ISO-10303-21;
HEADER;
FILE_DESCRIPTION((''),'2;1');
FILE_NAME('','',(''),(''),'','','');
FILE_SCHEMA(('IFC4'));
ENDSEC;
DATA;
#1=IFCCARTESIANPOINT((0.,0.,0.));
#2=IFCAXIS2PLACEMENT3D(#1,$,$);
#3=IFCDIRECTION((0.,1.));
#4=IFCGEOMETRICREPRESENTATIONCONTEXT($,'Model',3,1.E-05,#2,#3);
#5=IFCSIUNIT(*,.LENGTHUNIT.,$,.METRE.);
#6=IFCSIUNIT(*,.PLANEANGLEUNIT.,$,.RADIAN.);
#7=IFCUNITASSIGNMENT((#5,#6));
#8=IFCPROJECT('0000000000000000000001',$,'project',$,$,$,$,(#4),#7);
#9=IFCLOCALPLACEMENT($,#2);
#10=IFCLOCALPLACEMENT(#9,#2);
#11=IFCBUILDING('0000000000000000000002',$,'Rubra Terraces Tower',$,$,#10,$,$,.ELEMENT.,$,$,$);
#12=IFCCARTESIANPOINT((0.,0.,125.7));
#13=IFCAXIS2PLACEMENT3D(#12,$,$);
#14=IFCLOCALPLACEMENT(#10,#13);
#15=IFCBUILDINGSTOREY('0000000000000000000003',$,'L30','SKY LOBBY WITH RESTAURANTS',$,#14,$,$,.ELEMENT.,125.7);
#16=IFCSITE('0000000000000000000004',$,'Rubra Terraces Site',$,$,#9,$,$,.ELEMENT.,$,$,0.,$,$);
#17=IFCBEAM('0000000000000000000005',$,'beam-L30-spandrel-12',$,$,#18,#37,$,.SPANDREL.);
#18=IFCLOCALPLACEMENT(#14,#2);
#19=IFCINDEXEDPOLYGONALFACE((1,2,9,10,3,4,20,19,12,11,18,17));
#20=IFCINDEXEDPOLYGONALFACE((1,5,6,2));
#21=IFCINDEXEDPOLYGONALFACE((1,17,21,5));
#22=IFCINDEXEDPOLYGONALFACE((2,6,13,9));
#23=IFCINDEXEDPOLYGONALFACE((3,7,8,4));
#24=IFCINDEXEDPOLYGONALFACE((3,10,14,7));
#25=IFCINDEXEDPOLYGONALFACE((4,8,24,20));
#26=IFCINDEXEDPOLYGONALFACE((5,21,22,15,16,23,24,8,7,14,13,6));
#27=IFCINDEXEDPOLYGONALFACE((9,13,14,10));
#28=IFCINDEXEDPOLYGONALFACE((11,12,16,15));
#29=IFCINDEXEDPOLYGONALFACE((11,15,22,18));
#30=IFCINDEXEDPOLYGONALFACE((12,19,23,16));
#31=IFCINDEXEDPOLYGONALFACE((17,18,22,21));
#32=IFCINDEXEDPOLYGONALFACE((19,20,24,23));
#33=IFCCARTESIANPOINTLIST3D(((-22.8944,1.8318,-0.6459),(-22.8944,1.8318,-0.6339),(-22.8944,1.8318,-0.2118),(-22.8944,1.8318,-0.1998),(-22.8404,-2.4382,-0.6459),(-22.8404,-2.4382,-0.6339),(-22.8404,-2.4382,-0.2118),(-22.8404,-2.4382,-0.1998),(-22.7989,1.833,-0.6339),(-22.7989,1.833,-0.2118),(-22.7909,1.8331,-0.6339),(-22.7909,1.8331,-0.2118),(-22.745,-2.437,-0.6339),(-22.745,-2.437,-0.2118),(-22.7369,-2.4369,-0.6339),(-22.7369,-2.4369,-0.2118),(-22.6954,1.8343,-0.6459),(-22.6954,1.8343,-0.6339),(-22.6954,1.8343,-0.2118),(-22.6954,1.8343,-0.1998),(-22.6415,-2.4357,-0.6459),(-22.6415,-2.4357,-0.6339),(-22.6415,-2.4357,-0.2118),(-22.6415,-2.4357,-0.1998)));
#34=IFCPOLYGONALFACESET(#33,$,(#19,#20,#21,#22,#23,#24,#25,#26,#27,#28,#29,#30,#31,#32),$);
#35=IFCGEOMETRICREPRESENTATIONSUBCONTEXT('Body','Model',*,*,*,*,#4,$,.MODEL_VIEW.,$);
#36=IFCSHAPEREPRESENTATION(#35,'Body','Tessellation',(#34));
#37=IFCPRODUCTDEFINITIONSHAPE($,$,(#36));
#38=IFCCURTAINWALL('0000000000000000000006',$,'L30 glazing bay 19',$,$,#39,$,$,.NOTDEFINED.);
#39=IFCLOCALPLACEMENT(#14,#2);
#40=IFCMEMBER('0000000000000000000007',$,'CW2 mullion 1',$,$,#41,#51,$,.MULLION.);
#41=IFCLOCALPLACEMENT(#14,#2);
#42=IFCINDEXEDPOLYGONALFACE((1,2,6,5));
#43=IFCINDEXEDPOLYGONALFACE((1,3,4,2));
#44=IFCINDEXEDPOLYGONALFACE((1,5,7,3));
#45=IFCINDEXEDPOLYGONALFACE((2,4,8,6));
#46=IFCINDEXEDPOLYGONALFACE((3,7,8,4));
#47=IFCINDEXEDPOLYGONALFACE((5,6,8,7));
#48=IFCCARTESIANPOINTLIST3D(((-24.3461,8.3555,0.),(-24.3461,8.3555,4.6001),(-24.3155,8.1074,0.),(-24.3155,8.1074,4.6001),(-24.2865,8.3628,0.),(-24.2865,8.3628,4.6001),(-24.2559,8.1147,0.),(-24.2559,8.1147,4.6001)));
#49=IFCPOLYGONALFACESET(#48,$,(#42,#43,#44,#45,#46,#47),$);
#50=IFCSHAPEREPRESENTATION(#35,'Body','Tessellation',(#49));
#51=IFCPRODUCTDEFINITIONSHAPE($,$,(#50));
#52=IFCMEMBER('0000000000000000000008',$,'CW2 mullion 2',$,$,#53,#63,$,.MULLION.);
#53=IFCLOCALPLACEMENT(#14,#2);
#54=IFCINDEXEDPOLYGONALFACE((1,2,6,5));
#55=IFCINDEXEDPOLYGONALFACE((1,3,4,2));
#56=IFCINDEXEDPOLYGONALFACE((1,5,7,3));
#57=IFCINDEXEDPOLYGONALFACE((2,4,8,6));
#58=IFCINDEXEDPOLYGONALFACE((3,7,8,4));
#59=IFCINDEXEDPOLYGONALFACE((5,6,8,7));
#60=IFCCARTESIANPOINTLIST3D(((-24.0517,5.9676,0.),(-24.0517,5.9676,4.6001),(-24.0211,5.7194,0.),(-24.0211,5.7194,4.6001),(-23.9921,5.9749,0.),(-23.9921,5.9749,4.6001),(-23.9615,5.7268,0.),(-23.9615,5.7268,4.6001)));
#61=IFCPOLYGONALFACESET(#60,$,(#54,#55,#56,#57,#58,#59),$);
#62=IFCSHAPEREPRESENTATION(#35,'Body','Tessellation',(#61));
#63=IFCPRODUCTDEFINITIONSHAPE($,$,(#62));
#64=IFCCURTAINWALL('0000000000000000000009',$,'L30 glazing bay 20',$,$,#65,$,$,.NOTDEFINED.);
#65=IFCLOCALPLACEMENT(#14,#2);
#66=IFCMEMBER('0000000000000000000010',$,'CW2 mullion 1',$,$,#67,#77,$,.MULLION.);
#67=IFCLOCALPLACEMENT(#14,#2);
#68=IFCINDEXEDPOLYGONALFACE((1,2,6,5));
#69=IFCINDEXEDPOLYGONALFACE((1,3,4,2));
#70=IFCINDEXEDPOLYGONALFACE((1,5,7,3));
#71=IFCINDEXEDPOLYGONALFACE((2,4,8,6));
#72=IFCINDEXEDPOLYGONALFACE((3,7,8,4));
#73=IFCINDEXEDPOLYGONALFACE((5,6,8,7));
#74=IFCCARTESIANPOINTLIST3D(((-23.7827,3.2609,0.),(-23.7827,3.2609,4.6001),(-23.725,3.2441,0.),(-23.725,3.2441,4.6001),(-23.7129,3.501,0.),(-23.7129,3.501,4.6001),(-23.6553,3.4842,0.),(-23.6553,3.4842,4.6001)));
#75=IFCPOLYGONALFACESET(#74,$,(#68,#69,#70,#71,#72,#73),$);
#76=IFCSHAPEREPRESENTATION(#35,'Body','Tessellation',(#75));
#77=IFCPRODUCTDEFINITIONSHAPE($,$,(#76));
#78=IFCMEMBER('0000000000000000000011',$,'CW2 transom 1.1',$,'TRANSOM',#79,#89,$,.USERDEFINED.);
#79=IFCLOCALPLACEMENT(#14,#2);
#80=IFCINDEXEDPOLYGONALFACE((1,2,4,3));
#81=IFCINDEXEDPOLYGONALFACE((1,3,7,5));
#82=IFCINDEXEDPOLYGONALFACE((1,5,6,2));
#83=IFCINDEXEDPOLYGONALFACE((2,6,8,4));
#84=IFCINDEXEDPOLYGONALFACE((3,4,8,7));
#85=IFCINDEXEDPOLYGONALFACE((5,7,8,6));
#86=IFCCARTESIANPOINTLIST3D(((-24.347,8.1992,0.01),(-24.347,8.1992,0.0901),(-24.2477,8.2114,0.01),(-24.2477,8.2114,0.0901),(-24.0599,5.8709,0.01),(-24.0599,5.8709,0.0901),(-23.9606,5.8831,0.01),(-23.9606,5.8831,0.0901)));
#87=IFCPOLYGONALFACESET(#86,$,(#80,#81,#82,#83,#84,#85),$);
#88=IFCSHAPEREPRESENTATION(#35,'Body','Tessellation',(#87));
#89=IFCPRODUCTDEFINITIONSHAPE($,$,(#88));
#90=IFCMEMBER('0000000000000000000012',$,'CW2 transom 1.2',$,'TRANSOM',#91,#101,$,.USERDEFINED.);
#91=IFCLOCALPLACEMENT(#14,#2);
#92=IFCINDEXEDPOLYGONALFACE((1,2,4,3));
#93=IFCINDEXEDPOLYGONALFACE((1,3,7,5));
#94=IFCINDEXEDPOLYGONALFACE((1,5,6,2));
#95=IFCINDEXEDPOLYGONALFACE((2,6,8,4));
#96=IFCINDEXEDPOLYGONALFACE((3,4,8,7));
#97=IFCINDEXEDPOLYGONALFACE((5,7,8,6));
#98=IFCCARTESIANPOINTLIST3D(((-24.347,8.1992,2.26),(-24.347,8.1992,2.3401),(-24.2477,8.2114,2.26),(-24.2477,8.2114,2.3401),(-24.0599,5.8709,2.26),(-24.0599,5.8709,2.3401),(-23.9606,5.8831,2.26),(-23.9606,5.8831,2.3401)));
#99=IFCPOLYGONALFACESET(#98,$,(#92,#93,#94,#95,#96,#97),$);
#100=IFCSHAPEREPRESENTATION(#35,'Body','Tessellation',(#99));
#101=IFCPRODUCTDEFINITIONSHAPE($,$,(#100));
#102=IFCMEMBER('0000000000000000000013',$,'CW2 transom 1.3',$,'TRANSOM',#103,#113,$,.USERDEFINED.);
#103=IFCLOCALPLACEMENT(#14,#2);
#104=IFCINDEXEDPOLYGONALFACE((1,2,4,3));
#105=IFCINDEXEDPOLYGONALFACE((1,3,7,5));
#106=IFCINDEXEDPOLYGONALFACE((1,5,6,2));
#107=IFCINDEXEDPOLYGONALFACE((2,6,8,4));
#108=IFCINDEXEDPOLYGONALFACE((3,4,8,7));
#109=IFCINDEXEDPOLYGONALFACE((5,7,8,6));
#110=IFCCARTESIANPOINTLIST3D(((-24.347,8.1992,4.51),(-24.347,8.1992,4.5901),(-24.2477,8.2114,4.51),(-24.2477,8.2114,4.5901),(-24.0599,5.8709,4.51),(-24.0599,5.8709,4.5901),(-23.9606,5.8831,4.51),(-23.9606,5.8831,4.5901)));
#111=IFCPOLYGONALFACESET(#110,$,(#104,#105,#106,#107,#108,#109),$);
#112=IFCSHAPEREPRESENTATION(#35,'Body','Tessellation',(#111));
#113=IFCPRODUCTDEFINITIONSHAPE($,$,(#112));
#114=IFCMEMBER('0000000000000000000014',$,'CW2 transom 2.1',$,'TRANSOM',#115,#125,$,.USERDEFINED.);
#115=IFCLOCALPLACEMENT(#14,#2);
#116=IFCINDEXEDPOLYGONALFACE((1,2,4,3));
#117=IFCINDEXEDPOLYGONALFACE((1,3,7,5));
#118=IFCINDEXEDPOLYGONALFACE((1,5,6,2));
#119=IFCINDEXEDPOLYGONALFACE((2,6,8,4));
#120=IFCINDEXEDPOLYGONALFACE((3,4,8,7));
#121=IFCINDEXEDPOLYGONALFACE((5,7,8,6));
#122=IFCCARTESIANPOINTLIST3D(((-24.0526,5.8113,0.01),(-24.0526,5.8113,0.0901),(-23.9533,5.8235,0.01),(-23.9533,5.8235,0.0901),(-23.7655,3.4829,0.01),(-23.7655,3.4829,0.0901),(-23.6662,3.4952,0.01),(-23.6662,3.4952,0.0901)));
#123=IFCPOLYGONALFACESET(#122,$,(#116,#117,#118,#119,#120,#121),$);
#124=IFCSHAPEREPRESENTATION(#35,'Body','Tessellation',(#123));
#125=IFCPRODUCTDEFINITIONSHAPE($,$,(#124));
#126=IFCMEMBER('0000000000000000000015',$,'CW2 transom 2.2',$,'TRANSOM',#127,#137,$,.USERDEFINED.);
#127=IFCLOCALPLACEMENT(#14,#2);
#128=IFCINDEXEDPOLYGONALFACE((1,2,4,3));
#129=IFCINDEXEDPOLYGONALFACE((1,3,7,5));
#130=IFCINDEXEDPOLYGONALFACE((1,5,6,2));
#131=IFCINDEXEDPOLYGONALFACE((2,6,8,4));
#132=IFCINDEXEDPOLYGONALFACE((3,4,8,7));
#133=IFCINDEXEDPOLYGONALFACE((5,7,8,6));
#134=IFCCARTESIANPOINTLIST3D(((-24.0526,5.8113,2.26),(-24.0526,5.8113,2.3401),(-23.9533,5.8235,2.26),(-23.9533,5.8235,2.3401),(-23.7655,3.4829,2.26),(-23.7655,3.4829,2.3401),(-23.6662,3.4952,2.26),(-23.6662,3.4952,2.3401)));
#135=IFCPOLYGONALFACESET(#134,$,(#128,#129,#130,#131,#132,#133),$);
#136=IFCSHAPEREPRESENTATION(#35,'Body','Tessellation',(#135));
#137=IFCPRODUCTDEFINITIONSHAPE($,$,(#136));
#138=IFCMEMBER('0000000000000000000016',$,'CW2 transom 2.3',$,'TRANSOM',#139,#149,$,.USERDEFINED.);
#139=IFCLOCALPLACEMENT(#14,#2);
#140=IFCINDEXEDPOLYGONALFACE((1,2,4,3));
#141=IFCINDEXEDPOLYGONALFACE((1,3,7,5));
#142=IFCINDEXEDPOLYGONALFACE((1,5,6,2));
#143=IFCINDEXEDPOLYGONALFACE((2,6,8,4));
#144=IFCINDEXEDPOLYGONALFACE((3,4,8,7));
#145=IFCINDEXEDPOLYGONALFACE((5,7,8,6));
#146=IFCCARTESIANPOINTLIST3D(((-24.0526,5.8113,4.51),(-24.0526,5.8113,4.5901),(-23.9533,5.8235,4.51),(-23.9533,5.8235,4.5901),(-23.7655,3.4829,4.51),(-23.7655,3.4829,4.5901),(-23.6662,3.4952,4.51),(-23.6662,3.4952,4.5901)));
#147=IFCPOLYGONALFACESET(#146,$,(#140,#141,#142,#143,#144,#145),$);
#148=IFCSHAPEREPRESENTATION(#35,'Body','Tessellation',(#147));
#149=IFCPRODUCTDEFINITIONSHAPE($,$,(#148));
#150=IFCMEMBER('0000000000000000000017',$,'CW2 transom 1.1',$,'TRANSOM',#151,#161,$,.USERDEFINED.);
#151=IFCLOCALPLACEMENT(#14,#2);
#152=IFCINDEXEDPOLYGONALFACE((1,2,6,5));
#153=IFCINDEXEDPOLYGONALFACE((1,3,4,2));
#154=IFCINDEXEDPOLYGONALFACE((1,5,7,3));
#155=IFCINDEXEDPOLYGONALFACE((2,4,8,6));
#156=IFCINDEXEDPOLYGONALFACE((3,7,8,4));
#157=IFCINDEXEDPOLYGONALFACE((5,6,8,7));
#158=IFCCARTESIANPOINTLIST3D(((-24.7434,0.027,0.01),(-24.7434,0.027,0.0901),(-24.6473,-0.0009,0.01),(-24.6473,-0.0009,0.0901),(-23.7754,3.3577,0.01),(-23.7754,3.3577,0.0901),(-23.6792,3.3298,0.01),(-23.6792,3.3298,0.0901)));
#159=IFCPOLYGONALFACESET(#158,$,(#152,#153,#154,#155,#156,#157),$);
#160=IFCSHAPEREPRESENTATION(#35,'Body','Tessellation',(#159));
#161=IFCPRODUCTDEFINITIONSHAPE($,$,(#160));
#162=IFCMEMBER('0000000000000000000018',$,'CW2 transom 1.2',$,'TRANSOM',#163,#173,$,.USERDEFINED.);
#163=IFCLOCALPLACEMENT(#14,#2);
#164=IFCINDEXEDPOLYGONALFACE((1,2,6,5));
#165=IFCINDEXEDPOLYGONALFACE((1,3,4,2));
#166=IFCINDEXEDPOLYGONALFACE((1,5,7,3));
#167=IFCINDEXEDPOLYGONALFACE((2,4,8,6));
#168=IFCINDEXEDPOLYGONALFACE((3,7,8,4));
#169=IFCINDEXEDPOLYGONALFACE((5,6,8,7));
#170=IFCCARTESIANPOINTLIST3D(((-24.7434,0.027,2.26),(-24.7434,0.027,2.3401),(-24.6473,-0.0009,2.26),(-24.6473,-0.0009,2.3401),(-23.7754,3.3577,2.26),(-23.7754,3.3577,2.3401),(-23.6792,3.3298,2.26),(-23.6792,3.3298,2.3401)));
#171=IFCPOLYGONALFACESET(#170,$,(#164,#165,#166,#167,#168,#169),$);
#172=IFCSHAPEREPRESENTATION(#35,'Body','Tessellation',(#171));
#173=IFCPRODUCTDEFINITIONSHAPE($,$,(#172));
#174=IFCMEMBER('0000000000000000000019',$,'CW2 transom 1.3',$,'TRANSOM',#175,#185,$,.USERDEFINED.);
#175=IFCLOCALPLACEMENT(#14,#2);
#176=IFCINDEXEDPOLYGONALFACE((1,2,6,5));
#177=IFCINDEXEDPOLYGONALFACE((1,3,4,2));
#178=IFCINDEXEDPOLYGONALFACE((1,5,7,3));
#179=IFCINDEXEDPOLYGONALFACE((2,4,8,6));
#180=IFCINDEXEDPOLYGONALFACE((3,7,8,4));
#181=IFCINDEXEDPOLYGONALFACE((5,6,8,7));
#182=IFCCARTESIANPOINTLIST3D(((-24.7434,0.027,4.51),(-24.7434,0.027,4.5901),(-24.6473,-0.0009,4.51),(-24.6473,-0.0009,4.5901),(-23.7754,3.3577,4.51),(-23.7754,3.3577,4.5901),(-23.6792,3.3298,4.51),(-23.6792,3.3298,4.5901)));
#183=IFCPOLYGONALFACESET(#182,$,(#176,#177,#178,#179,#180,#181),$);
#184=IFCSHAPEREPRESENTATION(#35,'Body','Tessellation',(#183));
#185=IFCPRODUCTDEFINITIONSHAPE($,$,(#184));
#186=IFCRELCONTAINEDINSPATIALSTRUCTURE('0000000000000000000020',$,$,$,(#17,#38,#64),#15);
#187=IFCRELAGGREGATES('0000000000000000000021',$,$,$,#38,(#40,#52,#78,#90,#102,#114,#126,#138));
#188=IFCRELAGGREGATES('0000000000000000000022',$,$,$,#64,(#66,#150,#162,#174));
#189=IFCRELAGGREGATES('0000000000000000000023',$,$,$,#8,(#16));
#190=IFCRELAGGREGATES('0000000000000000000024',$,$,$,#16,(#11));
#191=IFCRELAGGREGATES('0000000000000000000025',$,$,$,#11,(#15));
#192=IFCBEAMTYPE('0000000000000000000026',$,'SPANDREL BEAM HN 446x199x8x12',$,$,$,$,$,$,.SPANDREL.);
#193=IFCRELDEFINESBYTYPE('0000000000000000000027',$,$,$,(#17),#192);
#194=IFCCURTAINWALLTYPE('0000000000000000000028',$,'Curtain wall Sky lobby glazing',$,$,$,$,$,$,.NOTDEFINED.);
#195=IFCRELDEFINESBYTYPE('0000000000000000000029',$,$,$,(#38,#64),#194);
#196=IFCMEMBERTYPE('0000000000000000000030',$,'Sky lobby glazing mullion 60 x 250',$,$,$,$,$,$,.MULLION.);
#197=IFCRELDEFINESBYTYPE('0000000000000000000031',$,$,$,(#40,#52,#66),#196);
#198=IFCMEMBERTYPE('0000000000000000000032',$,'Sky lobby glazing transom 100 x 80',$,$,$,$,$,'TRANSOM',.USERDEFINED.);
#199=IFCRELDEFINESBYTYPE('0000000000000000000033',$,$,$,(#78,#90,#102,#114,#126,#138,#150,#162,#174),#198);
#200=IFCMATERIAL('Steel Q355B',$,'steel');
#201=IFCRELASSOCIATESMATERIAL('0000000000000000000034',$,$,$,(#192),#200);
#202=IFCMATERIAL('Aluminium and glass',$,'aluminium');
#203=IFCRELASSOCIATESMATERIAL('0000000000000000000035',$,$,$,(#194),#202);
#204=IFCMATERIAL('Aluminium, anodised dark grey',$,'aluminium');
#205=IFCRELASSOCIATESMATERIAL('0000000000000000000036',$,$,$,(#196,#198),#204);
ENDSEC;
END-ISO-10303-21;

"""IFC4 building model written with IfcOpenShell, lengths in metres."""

from ifc_helpers import new_model, si_unit, direction, frame, origin, origin_2d, place, context, subcontext, project, spatial, rectangle, i_section, extrude, material, material_profile, profile_set, type_object, element, aggregate, save


model = new_model("IFC4")

# Units and contexts
model_context = context("Model", 3, precision=1e-05, world=origin(), true_north=direction((0.0, 1.0)))
body_context = subcontext(model_context, "Body", "Model", "MODEL_VIEW")
ifc_project = project(units=[si_unit("LENGTHUNIT", "METRE"), si_unit("PLANEANGLEUNIT", "RADIAN")], contexts=[model_context])

# Site, building, storey
site_placement = place(None, origin())
site = spatial("IfcSite", under=ifc_project, at=site_placement, Name="Rubra Terraces Site", CompositionType="ELEMENT", RefElevation=0.0)
building_placement = place(site_placement, origin())
building = spatial("IfcBuilding", under=site, at=building_placement, Name="Rubra Terraces Tower", CompositionType="ELEMENT")
storey_placement = place(building_placement, frame((0.0, 0.0, 125.7)))
storey = spatial("IfcBuildingStorey", under=building, at=storey_placement, Name="L30", Description="SKY LOBBY WITH RESTAURANTS", CompositionType="ELEMENT", Elevation=125.7)

# Beam
ifc_material_1 = material(Name="Steel Q355B", Category="steel")
ifc_material_profile_1 = material_profile(ifc_material_1, i_section(OverallWidth=0.199, OverallDepth=0.446, WebThickness=0.0081, FlangeThickness=0.012, at=origin_2d()), Name="HN 446x199x8x12")
ifc_profile_set_1 = profile_set([ifc_material_profile_1], Name="Steel Q355B")
beam_type_1 = type_object("IfcBeamType", Name="SPANDREL BEAM HN 446x199x8x12", PredefinedType="SPANDREL", material=ifc_profile_set_1)
beam_1_placement = place(storey_placement, frame((-22.7949, 1.833, -0.4229), z_axis=(0.012635, -0.99992, 0.0), x_axis=(0.99992, 0.012635, 0.0)))
element("IfcBeam", 1, at=beam_1_placement, inside=storey, type_object=beam_type_1, Name="beam-L30-spandrel-12", PredefinedType="SPANDREL", context=body_context, shape_type="SweptSolid", body=[
    extrude(i_section(OverallWidth=0.199, OverallDepth=0.446, WebThickness=0.0081, FlangeThickness=0.012, at=origin_2d()), origin(), (0.0, 0.0, 1.0), 4.2703),
])

# Curtain wall, members
ifc_material_2 = material(Name="Aluminium and glass", Category="aluminium")
curtain_wall_type = type_object("IfcCurtainWallType", Name="Curtain wall Sky lobby glazing", PredefinedType="NOTDEFINED", material=ifc_material_2)
curtain_wall_1_placement = place(storey_placement, origin())
curtain_wall_1 = element("IfcCurtainWall", 2, at=curtain_wall_1_placement, inside=storey, type_object=curtain_wall_type, Name="L30 glazing bay 19", PredefinedType="NOTDEFINED")
ifc_material_3 = material(Name="Aluminium, anodised dark grey", Category="aluminium")
ifc_material_profile_2 = material_profile(ifc_material_3, rectangle(XDim=0.0601, YDim=0.25, at=origin_2d()), Name="AL 60x250")
ifc_profile_set_2 = profile_set([ifc_material_profile_2], Name="Aluminium, anodised dark grey")
member_type_1 = type_object("IfcMemberType", Name="Sky lobby glazing mullion 60 x 250", PredefinedType="MULLION", material=ifc_profile_set_2)
member_1_placement = place(storey_placement, frame((-24.301, 8.2351, 0.0), z_axis=(0.0, 0.0, 1.0), x_axis=(0.992489, 0.122332, 0.0)))
member_1 = element("IfcMember", 3, at=member_1_placement, type_object=member_type_1, Name="CW2 mullion 1", PredefinedType="MULLION", context=body_context, shape_type="SweptSolid", body=[
    extrude(rectangle(XDim=0.0601, YDim=0.25, at=origin_2d()), origin(), (0.0, 0.0, 1.0), 4.6001),
])
member_2_placement = place(storey_placement, frame((-24.0066, 5.8472, 0.0), z_axis=(0.0, 0.0, 1.0), x_axis=(0.992489, 0.122332, 0.0)))
member_2 = element("IfcMember", 4, at=member_2_placement, type_object=member_type_1, Name="CW2 mullion 2", PredefinedType="MULLION", context=body_context, shape_type="SweptSolid", body=[
    extrude(rectangle(XDim=0.0601, YDim=0.25, at=origin_2d()), origin(), (0.0, 0.0, 1.0), 4.6001),
])

# Curtain wall, member
curtain_wall_2_placement = place(storey_placement, origin())
curtain_wall_2 = element("IfcCurtainWall", 5, at=curtain_wall_2_placement, inside=storey, type_object=curtain_wall_type, Name="L30 glazing bay 20", PredefinedType="NOTDEFINED")
member_3_placement = place(storey_placement, frame((-23.719, 3.3726, 0.0), z_axis=(0.0, 0.0, 1.0), x_axis=(0.960256, -0.27912, 0.0)))
member_3 = element("IfcMember", 6, at=member_3_placement, type_object=member_type_1, Name="CW2 mullion 1", PredefinedType="MULLION", context=body_context, shape_type="SweptSolid", body=[
    extrude(rectangle(XDim=0.0601, YDim=0.25, at=origin_2d()), origin(), (0.0, 0.0, 1.0), 4.6001),
])

# Members
ifc_material_profile_3 = material_profile(ifc_material_3, rectangle(XDim=0.1001, YDim=0.0801, at=origin_2d()), Name="AL 100x80")
ifc_profile_set_3 = profile_set([ifc_material_profile_3], Name="Aluminium, anodised dark grey")
member_type_2 = type_object("IfcMemberType", Name="Sky lobby glazing transom 100 x 80", ElementType="TRANSOM", PredefinedType="USERDEFINED", material=ifc_profile_set_3)
member_4_placement = place(storey_placement, frame((-24.2974, 8.2053, 0.05), z_axis=(0.122382, -0.992483, 0.0), x_axis=(0.992483, 0.122382, 0.0)))
member_4 = element("IfcMember", 7, at=member_4_placement, type_object=member_type_2, Name="CW2 transom 1.1", ObjectType="TRANSOM", PredefinedType="USERDEFINED", context=body_context, shape_type="SweptSolid", body=[
    extrude(rectangle(XDim=0.1001, YDim=0.0801, at=origin_2d()), origin(), (0.0, 0.0, 1.0), 2.3459),
])
member_5_placement = place(storey_placement, frame((-24.2974, 8.2053, 2.3), z_axis=(0.122382, -0.992483, 0.0), x_axis=(0.992483, 0.122382, 0.0)))
member_5 = element("IfcMember", 8, at=member_5_placement, type_object=member_type_2, Name="CW2 transom 1.2", ObjectType="TRANSOM", PredefinedType="USERDEFINED", context=body_context, shape_type="SweptSolid", body=[
    extrude(rectangle(XDim=0.1001, YDim=0.0801, at=origin_2d()), origin(), (0.0, 0.0, 1.0), 2.3459),
])
member_6_placement = place(storey_placement, frame((-24.2974, 8.2053, 4.55), z_axis=(0.122382, -0.992483, 0.0), x_axis=(0.992483, 0.122382, 0.0)))
member_6 = element("IfcMember", 9, at=member_6_placement, type_object=member_type_2, Name="CW2 transom 1.3", ObjectType="TRANSOM", PredefinedType="USERDEFINED", context=body_context, shape_type="SweptSolid", body=[
    extrude(rectangle(XDim=0.1001, YDim=0.0801, at=origin_2d()), origin(), (0.0, 0.0, 1.0), 2.3459),
])
member_7_placement = place(storey_placement, frame((-24.0029, 5.8174, 0.05), z_axis=(0.122382, -0.992483, 0.0), x_axis=(0.992483, 0.122382, 0.0)))
member_7 = element("IfcMember", 10, at=member_7_placement, type_object=member_type_2, Name="CW2 transom 2.1", ObjectType="TRANSOM", PredefinedType="USERDEFINED", context=body_context, shape_type="SweptSolid", body=[
    extrude(rectangle(XDim=0.1001, YDim=0.0801, at=origin_2d()), origin(), (0.0, 0.0, 1.0), 2.3459),
])
member_8_placement = place(storey_placement, frame((-24.0029, 5.8174, 2.3), z_axis=(0.122382, -0.992483, 0.0), x_axis=(0.992483, 0.122382, 0.0)))
member_8 = element("IfcMember", 11, at=member_8_placement, type_object=member_type_2, Name="CW2 transom 2.2", ObjectType="TRANSOM", PredefinedType="USERDEFINED", context=body_context, shape_type="SweptSolid", body=[
    extrude(rectangle(XDim=0.1001, YDim=0.0801, at=origin_2d()), origin(), (0.0, 0.0, 1.0), 2.3459),
])
member_9_placement = place(storey_placement, frame((-24.0029, 5.8174, 4.55), z_axis=(0.122382, -0.992483, 0.0), x_axis=(0.992483, 0.122382, 0.0)))
member_9 = element("IfcMember", 12, at=member_9_placement, type_object=member_type_2, Name="CW2 transom 2.3", ObjectType="TRANSOM", PredefinedType="USERDEFINED", context=body_context, shape_type="SweptSolid", body=[
    extrude(rectangle(XDim=0.1001, YDim=0.0801, at=origin_2d()), origin(), (0.0, 0.0, 1.0), 2.3459),
])
member_10_placement = place(storey_placement, frame((-23.7273, 3.3438, 0.05), z_axis=(-0.279097, -0.960263, 0.0), x_axis=(0.960263, -0.279097, 0.0)))
member_10 = element("IfcMember", 13, at=member_10_placement, type_object=member_type_2, Name="CW2 transom 1.1", ObjectType="TRANSOM", PredefinedType="USERDEFINED", context=body_context, shape_type="SweptSolid", body=[
    extrude(rectangle(XDim=0.1001, YDim=0.0801, at=origin_2d()), origin(), (0.0, 0.0, 1.0), 3.4685),
])
member_11_placement = place(storey_placement, frame((-23.7273, 3.3438, 2.3), z_axis=(-0.279097, -0.960263, 0.0), x_axis=(0.960263, -0.279097, 0.0)))
member_11 = element("IfcMember", 14, at=member_11_placement, type_object=member_type_2, Name="CW2 transom 1.2", ObjectType="TRANSOM", PredefinedType="USERDEFINED", context=body_context, shape_type="SweptSolid", body=[
    extrude(rectangle(XDim=0.1001, YDim=0.0801, at=origin_2d()), origin(), (0.0, 0.0, 1.0), 3.4685),
])
member_12_placement = place(storey_placement, frame((-23.7273, 3.3438, 4.55), z_axis=(-0.279097, -0.960263, 0.0), x_axis=(0.960263, -0.279097, 0.0)))
member_12 = element("IfcMember", 15, at=member_12_placement, type_object=member_type_2, Name="CW2 transom 1.3", ObjectType="TRANSOM", PredefinedType="USERDEFINED", context=body_context, shape_type="SweptSolid", body=[
    extrude(rectangle(XDim=0.1001, YDim=0.0801, at=origin_2d()), origin(), (0.0, 0.0, 1.0), 3.4685),
])

aggregate(curtain_wall_1, [member_1, member_2, member_4, member_5, member_6, member_7, member_8, member_9])
aggregate(curtain_wall_2, [member_3, member_10, member_11, member_12])

save(model, "model.ifc")
